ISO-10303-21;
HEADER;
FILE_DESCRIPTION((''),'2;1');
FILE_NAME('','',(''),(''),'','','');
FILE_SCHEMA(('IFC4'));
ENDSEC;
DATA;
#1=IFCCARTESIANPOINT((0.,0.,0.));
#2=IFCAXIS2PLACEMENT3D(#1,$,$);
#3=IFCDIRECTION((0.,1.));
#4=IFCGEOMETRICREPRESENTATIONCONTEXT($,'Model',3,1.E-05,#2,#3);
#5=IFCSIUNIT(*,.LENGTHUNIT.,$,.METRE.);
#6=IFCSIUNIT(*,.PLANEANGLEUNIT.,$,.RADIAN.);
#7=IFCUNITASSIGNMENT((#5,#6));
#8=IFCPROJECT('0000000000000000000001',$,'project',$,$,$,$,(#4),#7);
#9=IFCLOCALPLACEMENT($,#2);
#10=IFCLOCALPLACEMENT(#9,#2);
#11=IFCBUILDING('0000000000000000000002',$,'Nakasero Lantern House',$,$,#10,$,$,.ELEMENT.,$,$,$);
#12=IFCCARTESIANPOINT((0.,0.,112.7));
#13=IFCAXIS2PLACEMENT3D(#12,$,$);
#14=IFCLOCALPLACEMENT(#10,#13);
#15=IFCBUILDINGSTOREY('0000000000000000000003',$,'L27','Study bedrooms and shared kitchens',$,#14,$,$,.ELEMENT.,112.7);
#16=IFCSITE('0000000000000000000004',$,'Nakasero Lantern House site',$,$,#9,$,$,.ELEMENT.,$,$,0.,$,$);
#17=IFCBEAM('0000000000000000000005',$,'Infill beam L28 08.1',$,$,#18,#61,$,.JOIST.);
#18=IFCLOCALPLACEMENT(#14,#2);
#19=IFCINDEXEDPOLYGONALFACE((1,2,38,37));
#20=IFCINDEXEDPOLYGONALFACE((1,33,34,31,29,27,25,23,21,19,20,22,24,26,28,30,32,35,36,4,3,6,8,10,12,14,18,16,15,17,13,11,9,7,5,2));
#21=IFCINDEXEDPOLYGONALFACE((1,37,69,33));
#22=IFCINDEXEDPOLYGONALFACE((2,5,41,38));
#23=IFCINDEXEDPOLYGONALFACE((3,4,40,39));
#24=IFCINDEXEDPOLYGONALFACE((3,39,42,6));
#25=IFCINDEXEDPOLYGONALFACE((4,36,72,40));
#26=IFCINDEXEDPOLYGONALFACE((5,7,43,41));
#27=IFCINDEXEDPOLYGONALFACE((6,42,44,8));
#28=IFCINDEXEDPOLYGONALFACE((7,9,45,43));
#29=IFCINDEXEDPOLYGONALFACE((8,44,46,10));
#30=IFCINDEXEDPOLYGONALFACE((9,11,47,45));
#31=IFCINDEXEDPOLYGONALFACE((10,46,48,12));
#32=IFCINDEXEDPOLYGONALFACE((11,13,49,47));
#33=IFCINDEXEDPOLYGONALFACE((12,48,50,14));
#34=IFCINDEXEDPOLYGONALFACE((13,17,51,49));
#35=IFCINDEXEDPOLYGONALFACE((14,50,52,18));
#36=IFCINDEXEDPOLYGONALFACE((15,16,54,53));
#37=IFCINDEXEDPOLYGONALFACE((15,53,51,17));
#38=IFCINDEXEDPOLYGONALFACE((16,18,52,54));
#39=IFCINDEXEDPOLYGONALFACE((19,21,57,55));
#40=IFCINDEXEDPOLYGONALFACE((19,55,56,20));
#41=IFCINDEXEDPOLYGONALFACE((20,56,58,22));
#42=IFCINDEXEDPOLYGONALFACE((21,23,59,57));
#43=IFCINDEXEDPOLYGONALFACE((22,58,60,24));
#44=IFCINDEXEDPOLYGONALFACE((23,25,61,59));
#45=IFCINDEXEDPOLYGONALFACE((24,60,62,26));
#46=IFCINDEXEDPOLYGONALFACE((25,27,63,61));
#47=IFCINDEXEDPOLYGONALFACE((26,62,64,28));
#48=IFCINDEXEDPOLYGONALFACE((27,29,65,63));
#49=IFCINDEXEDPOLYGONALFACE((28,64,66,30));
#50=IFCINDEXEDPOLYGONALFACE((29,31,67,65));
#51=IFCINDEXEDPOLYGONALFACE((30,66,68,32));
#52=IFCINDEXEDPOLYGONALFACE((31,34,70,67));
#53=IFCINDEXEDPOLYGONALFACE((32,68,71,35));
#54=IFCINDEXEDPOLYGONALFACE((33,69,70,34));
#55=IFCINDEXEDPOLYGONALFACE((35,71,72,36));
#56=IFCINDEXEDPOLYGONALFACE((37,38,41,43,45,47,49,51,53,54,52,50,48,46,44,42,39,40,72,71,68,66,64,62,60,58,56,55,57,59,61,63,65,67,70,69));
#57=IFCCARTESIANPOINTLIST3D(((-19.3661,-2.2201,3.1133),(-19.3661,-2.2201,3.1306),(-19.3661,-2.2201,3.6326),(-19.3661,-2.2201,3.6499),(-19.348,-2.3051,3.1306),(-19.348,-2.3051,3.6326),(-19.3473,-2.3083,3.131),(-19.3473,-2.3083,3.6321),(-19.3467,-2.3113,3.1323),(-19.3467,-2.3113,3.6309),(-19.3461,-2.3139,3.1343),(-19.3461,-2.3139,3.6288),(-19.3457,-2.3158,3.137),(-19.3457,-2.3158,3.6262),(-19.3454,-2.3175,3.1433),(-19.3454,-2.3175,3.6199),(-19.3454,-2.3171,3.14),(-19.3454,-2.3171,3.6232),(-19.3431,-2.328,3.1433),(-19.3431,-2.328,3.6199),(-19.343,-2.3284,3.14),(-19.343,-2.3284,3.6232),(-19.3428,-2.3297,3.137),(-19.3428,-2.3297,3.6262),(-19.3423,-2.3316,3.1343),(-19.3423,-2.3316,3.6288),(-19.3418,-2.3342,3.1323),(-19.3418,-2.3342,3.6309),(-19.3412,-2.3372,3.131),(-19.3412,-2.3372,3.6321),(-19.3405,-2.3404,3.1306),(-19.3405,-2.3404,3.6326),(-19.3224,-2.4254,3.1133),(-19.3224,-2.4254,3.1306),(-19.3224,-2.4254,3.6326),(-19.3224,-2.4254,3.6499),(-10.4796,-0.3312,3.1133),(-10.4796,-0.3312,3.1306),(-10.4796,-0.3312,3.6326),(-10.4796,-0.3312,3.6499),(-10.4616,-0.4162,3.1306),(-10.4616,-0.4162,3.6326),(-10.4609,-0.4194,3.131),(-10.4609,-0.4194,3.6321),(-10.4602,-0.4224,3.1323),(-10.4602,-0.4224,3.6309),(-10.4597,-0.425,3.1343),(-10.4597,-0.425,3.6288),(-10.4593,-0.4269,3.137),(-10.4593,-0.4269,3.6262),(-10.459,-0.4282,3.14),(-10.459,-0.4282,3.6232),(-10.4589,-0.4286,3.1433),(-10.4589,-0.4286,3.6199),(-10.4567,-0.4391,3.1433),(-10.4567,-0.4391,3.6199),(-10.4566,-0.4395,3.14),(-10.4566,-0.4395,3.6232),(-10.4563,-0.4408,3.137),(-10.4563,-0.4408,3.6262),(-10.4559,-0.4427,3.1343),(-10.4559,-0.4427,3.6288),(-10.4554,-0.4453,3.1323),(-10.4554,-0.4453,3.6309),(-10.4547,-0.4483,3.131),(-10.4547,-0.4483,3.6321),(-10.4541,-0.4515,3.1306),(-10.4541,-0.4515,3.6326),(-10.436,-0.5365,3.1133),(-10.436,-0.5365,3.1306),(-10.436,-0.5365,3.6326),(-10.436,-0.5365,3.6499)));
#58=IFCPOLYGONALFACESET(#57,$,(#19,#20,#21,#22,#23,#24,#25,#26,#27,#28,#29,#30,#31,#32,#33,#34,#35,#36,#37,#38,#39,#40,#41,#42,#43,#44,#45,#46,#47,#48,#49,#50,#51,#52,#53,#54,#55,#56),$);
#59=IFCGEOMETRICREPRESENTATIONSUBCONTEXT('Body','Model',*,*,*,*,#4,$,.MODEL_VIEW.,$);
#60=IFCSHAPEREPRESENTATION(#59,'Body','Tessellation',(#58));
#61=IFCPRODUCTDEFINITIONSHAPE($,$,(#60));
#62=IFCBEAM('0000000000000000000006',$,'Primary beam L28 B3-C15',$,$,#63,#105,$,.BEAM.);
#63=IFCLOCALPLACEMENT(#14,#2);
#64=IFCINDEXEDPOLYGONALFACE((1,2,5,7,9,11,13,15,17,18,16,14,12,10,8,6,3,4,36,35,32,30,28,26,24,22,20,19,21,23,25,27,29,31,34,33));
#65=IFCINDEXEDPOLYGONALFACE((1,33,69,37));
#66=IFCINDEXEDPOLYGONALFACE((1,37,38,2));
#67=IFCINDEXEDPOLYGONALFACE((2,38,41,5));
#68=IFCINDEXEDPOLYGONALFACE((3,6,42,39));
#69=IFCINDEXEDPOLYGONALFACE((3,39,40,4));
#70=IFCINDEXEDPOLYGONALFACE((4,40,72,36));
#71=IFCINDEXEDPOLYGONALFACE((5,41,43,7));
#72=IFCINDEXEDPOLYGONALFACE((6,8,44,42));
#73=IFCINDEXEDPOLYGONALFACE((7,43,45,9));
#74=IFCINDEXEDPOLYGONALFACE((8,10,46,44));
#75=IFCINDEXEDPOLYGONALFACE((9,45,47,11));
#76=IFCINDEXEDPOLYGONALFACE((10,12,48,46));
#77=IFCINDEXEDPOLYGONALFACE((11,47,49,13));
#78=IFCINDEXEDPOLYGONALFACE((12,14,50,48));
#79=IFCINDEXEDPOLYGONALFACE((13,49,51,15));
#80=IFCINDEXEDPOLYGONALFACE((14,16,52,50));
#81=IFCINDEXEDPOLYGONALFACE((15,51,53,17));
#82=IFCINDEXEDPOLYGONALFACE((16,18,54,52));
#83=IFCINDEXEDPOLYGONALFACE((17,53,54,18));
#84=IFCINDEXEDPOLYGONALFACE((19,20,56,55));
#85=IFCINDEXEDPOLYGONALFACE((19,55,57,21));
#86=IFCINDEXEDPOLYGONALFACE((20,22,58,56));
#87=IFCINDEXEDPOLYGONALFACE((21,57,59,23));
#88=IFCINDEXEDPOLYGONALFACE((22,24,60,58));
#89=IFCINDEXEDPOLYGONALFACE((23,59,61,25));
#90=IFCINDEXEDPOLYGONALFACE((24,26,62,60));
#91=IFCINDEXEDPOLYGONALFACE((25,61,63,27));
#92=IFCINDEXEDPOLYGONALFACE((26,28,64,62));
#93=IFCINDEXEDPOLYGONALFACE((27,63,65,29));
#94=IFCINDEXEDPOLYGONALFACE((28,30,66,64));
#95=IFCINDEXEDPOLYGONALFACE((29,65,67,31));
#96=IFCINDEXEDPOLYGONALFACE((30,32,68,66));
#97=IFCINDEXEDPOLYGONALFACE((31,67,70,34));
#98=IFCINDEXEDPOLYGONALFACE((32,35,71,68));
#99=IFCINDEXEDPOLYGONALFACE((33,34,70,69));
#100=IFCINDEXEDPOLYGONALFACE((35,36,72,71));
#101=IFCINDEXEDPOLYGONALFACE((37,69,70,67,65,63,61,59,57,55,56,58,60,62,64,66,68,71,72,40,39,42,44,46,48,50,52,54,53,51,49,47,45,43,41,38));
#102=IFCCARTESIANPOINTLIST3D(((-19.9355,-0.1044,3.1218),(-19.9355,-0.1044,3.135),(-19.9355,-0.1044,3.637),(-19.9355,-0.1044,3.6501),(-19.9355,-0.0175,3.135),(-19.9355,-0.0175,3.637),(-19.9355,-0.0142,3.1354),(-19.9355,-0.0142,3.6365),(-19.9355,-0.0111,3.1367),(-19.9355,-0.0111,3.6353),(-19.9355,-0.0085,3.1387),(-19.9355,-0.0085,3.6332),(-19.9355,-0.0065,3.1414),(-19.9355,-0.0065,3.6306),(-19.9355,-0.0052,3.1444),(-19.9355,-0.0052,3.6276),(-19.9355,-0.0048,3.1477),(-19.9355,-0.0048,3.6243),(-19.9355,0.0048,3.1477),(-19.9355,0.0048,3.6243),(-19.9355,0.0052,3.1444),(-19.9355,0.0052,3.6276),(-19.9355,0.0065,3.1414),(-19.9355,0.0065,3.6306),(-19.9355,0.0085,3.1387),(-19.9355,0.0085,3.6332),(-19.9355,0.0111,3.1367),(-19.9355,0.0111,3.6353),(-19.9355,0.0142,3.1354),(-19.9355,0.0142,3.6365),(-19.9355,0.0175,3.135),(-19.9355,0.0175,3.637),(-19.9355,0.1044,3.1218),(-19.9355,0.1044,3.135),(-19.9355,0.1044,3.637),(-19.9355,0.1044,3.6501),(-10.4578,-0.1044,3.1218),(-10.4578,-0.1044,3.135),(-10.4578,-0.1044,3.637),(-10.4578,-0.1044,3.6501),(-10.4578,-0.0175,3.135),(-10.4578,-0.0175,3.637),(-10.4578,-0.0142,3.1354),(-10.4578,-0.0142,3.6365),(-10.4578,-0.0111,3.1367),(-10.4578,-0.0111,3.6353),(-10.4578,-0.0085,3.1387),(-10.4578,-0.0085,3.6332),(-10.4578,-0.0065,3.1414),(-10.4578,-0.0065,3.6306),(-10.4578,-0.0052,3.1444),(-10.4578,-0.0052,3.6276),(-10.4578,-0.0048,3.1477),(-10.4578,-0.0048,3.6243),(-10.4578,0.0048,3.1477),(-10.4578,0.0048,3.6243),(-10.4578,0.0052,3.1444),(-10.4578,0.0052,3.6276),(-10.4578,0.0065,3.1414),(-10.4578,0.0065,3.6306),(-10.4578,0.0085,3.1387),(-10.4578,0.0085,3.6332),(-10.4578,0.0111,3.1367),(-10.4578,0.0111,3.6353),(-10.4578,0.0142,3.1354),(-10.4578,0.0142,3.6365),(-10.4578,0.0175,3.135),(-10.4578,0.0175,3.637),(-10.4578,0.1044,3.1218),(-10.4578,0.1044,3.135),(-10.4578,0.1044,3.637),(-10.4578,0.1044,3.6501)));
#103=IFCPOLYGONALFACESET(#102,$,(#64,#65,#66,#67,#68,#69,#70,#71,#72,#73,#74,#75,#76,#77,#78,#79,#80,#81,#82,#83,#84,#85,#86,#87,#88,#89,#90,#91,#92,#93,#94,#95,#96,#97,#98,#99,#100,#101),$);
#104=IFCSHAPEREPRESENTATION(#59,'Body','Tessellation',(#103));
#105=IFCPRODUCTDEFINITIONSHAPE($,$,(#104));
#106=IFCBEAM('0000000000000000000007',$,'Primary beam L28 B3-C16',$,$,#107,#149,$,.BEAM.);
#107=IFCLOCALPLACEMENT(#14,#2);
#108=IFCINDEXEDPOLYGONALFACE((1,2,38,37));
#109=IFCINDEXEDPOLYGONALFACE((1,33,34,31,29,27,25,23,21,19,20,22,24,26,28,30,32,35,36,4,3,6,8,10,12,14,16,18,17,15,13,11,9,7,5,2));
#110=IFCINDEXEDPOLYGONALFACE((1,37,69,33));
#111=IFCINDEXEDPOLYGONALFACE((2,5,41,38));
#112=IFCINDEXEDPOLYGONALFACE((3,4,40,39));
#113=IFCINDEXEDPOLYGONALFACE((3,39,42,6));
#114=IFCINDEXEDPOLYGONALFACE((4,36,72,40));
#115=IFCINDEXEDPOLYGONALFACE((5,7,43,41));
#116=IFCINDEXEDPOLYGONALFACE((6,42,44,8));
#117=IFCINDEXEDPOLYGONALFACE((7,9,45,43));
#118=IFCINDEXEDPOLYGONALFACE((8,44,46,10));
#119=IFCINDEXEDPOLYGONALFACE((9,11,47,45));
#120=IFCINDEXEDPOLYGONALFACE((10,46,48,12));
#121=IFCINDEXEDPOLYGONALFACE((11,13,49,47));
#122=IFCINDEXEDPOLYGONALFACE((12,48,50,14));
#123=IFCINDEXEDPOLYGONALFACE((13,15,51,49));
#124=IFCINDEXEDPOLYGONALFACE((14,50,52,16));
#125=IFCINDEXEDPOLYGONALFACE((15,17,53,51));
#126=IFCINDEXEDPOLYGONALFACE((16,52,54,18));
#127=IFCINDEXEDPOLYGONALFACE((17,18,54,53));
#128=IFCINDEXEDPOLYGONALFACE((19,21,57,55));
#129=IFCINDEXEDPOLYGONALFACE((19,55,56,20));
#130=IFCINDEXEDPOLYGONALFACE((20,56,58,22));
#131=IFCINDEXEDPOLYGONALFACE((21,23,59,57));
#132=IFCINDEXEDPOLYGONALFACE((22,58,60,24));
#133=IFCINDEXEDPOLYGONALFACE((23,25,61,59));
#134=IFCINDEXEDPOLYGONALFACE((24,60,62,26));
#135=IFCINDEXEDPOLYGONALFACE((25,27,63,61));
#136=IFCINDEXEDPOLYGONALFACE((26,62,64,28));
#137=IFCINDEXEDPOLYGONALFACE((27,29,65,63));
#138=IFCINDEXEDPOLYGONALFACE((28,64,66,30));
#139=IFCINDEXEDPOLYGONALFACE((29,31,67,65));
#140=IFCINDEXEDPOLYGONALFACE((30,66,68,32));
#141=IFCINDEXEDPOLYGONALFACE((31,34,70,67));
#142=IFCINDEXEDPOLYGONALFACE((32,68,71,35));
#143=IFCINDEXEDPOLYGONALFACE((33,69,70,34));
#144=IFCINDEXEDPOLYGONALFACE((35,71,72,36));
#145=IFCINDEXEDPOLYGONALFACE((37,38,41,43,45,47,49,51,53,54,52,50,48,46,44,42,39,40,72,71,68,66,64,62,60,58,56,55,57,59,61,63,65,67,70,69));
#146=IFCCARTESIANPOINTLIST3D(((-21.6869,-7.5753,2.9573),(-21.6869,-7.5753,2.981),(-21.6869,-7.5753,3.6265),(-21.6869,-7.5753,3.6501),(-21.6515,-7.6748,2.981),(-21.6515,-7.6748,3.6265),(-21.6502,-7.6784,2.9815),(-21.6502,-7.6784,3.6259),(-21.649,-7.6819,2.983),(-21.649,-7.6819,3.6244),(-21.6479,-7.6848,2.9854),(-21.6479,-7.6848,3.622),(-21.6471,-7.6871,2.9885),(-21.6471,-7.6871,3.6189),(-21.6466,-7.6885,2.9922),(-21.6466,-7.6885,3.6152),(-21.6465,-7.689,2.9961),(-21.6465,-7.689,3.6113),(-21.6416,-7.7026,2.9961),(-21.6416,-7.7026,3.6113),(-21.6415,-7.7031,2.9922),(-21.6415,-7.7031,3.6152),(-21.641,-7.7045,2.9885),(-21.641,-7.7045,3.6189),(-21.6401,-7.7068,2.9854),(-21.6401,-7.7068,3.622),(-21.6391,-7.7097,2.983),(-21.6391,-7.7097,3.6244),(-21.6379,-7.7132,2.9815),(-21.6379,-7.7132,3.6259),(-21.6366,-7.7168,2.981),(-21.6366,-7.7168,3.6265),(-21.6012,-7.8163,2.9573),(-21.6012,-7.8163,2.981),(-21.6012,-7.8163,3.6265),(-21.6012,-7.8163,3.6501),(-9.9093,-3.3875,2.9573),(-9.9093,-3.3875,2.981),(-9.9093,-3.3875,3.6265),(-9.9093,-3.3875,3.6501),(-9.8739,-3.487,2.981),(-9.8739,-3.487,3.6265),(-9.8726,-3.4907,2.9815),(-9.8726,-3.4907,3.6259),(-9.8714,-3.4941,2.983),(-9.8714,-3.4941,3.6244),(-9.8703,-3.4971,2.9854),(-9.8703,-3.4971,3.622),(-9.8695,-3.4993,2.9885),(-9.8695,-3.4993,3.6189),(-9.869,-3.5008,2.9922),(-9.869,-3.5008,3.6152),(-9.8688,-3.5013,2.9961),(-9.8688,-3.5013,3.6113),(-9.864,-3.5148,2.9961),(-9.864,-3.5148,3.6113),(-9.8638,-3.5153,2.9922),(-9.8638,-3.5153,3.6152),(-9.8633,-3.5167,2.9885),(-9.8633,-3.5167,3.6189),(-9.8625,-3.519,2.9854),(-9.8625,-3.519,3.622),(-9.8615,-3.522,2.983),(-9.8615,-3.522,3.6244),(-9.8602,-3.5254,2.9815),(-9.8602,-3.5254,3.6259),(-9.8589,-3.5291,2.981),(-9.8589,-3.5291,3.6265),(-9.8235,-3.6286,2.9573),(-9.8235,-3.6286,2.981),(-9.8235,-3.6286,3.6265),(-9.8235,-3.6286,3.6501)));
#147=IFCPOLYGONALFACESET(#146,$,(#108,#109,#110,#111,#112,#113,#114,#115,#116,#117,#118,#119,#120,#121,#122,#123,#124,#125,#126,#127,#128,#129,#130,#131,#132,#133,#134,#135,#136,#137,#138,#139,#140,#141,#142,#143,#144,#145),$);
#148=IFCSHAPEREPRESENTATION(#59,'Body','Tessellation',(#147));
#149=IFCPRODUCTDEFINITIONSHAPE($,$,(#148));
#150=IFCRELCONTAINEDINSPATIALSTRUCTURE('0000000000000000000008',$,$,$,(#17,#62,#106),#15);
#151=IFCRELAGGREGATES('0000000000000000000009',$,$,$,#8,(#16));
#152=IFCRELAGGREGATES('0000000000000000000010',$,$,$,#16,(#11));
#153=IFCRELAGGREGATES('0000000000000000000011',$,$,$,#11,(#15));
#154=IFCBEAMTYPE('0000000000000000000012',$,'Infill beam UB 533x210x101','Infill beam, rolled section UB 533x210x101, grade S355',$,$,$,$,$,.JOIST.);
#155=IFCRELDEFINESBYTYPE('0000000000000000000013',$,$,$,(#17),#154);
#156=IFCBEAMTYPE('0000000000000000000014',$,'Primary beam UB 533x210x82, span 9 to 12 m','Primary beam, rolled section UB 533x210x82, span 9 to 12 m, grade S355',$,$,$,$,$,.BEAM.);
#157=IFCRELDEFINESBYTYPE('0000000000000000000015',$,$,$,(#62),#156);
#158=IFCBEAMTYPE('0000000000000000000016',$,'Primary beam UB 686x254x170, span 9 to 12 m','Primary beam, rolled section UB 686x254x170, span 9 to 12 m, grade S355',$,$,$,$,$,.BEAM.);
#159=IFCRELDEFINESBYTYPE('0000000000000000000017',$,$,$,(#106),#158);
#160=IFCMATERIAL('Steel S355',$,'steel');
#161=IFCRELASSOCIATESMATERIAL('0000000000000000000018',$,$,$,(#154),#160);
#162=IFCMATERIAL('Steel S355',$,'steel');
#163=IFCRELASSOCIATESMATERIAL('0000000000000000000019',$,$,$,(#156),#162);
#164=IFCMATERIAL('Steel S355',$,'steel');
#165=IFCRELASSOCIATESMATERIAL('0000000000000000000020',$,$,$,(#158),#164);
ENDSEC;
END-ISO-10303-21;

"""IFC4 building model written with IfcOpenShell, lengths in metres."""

from ifc_helpers import new_model, si_unit, direction, frame, origin, origin_2d, place, context, subcontext, project, spatial, i_section, extrude, material, material_profile, profile_set, type_object, element, save


model = new_model("IFC4")

# Units and contexts
model_context = context("Model", 3, precision=1e-05, world=origin(), true_north=direction((0.0, 1.0)))
body_context = subcontext(model_context, "Body", "Model", "MODEL_VIEW")
ifc_project = project(units=[si_unit("LENGTHUNIT", "METRE"), si_unit("PLANEANGLEUNIT", "RADIAN")], contexts=[model_context])

# Site, building, storey
site_placement = place(None, origin())
site = spatial("IfcSite", under=ifc_project, at=site_placement, Name="Nakasero Lantern House site", CompositionType="ELEMENT", RefElevation=0.0)
building_placement = place(site_placement, origin())
building = spatial("IfcBuilding", under=site, at=building_placement, Name="Nakasero Lantern House", CompositionType="ELEMENT")
storey_placement = place(building_placement, frame((0.0, 0.0, 112.7)))
storey = spatial("IfcBuildingStorey", under=building, at=storey_placement, Name="L27", Description="Study bedrooms and shared kitchens", CompositionType="ELEMENT", Elevation=112.7)

# Beams
ifc_material_1 = material(Name="Steel S355", Category="steel")
ifc_material_profile_1 = material_profile(ifc_material_1, i_section(OverallWidth=0.21, OverallDepth=0.5366, WebThickness=0.0107, FlangeThickness=0.0173, FilletRadius=0.0127, at=origin_2d()), Name="UB 533x210x101")
ifc_profile_set_1 = profile_set([ifc_material_profile_1], Name="Steel S355")
beam_type_1 = type_object("IfcBeamType", Name="Infill beam UB 533x210x101", Description="Infill beam, rolled section UB 533x210x101, grade S355", PredefinedType="JOIST", material=ifc_profile_set_1)
beam_1_placement = place(storey_placement, frame((-19.3442, -2.3228, 3.3816), z_axis=(0.978147, 0.207916, 0.0), x_axis=(-0.207916, 0.978147, 0.0)))
element("IfcBeam", 1, at=beam_1_placement, inside=storey, type_object=beam_type_1, Name="Infill beam L28 08.1", PredefinedType="JOIST", context=body_context, shape_type="SweptSolid", body=[
    extrude(i_section(OverallWidth=0.21, OverallDepth=0.5366, WebThickness=0.0107, FlangeThickness=0.0173, FilletRadius=0.0127, at=origin_2d()), origin(), (0.0, 0.0, 1.0), 9.085),
])
ifc_material_2 = material(Name="Steel S355", Category="steel")
ifc_material_profile_2 = material_profile(ifc_material_2, i_section(OverallWidth=0.2087, OverallDepth=0.5283, WebThickness=0.0095, FlangeThickness=0.0132, FilletRadius=0.0127, at=origin_2d()), Name="UB 533x210x82")
ifc_profile_set_2 = profile_set([ifc_material_profile_2], Name="Steel S355")
beam_type_2 = type_object("IfcBeamType", Name="Primary beam UB 533x210x82, span 9 to 12 m", Description="Primary beam, rolled section UB 533x210x82, span 9 to 12 m, grade S355", PredefinedType="BEAM", material=ifc_profile_set_2)
beam_2_placement = place(storey_placement, frame((-19.9355, 0.0, 3.386), z_axis=(1.0, 0.0, 0.0), x_axis=(0.0, 1.0, 0.0)))
element("IfcBeam", 2, at=beam_2_placement, inside=storey, type_object=beam_type_2, Name="Primary beam L28 B3-C15", PredefinedType="BEAM", context=body_context, shape_type="SweptSolid", body=[
    extrude(i_section(OverallWidth=0.2087, OverallDepth=0.5283, WebThickness=0.0095, FlangeThickness=0.0132, FilletRadius=0.0127, at=origin_2d()), origin(), (0.0, 0.0, 1.0), 9.4778),
])
ifc_material_3 = material(Name="Steel S355", Category="steel")
ifc_material_profile_3 = material_profile(ifc_material_3, i_section(OverallWidth=0.2559, OverallDepth=0.6929, WebThickness=0.0144, FlangeThickness=0.0237, FilletRadius=0.0151, at=origin_2d()), Name="UB 686x254x170")
ifc_profile_set_3 = profile_set([ifc_material_profile_3], Name="Steel S355")
beam_type_3 = type_object("IfcBeamType", Name="Primary beam UB 686x254x170, span 9 to 12 m", Description="Primary beam, rolled section UB 686x254x170, span 9 to 12 m, grade S355", PredefinedType="BEAM", material=ifc_profile_set_3)
beam_3_placement = place(storey_placement, frame((-21.644, -7.6958, 3.3037), z_axis=(0.942211, 0.335021, 0.0), x_axis=(-0.335021, 0.942211, 0.0)))
element("IfcBeam", 3, at=beam_3_placement, inside=storey, type_object=beam_type_3, Name="Primary beam L28 B3-C16", PredefinedType="BEAM", context=body_context, shape_type="SweptSolid", body=[
    extrude(i_section(OverallWidth=0.2559, OverallDepth=0.6929, WebThickness=0.0144, FlangeThickness=0.0237, FilletRadius=0.0151, at=origin_2d()), origin(), (0.0, 0.0, 1.0), 12.5),
])

save(model, "model.ifc")
